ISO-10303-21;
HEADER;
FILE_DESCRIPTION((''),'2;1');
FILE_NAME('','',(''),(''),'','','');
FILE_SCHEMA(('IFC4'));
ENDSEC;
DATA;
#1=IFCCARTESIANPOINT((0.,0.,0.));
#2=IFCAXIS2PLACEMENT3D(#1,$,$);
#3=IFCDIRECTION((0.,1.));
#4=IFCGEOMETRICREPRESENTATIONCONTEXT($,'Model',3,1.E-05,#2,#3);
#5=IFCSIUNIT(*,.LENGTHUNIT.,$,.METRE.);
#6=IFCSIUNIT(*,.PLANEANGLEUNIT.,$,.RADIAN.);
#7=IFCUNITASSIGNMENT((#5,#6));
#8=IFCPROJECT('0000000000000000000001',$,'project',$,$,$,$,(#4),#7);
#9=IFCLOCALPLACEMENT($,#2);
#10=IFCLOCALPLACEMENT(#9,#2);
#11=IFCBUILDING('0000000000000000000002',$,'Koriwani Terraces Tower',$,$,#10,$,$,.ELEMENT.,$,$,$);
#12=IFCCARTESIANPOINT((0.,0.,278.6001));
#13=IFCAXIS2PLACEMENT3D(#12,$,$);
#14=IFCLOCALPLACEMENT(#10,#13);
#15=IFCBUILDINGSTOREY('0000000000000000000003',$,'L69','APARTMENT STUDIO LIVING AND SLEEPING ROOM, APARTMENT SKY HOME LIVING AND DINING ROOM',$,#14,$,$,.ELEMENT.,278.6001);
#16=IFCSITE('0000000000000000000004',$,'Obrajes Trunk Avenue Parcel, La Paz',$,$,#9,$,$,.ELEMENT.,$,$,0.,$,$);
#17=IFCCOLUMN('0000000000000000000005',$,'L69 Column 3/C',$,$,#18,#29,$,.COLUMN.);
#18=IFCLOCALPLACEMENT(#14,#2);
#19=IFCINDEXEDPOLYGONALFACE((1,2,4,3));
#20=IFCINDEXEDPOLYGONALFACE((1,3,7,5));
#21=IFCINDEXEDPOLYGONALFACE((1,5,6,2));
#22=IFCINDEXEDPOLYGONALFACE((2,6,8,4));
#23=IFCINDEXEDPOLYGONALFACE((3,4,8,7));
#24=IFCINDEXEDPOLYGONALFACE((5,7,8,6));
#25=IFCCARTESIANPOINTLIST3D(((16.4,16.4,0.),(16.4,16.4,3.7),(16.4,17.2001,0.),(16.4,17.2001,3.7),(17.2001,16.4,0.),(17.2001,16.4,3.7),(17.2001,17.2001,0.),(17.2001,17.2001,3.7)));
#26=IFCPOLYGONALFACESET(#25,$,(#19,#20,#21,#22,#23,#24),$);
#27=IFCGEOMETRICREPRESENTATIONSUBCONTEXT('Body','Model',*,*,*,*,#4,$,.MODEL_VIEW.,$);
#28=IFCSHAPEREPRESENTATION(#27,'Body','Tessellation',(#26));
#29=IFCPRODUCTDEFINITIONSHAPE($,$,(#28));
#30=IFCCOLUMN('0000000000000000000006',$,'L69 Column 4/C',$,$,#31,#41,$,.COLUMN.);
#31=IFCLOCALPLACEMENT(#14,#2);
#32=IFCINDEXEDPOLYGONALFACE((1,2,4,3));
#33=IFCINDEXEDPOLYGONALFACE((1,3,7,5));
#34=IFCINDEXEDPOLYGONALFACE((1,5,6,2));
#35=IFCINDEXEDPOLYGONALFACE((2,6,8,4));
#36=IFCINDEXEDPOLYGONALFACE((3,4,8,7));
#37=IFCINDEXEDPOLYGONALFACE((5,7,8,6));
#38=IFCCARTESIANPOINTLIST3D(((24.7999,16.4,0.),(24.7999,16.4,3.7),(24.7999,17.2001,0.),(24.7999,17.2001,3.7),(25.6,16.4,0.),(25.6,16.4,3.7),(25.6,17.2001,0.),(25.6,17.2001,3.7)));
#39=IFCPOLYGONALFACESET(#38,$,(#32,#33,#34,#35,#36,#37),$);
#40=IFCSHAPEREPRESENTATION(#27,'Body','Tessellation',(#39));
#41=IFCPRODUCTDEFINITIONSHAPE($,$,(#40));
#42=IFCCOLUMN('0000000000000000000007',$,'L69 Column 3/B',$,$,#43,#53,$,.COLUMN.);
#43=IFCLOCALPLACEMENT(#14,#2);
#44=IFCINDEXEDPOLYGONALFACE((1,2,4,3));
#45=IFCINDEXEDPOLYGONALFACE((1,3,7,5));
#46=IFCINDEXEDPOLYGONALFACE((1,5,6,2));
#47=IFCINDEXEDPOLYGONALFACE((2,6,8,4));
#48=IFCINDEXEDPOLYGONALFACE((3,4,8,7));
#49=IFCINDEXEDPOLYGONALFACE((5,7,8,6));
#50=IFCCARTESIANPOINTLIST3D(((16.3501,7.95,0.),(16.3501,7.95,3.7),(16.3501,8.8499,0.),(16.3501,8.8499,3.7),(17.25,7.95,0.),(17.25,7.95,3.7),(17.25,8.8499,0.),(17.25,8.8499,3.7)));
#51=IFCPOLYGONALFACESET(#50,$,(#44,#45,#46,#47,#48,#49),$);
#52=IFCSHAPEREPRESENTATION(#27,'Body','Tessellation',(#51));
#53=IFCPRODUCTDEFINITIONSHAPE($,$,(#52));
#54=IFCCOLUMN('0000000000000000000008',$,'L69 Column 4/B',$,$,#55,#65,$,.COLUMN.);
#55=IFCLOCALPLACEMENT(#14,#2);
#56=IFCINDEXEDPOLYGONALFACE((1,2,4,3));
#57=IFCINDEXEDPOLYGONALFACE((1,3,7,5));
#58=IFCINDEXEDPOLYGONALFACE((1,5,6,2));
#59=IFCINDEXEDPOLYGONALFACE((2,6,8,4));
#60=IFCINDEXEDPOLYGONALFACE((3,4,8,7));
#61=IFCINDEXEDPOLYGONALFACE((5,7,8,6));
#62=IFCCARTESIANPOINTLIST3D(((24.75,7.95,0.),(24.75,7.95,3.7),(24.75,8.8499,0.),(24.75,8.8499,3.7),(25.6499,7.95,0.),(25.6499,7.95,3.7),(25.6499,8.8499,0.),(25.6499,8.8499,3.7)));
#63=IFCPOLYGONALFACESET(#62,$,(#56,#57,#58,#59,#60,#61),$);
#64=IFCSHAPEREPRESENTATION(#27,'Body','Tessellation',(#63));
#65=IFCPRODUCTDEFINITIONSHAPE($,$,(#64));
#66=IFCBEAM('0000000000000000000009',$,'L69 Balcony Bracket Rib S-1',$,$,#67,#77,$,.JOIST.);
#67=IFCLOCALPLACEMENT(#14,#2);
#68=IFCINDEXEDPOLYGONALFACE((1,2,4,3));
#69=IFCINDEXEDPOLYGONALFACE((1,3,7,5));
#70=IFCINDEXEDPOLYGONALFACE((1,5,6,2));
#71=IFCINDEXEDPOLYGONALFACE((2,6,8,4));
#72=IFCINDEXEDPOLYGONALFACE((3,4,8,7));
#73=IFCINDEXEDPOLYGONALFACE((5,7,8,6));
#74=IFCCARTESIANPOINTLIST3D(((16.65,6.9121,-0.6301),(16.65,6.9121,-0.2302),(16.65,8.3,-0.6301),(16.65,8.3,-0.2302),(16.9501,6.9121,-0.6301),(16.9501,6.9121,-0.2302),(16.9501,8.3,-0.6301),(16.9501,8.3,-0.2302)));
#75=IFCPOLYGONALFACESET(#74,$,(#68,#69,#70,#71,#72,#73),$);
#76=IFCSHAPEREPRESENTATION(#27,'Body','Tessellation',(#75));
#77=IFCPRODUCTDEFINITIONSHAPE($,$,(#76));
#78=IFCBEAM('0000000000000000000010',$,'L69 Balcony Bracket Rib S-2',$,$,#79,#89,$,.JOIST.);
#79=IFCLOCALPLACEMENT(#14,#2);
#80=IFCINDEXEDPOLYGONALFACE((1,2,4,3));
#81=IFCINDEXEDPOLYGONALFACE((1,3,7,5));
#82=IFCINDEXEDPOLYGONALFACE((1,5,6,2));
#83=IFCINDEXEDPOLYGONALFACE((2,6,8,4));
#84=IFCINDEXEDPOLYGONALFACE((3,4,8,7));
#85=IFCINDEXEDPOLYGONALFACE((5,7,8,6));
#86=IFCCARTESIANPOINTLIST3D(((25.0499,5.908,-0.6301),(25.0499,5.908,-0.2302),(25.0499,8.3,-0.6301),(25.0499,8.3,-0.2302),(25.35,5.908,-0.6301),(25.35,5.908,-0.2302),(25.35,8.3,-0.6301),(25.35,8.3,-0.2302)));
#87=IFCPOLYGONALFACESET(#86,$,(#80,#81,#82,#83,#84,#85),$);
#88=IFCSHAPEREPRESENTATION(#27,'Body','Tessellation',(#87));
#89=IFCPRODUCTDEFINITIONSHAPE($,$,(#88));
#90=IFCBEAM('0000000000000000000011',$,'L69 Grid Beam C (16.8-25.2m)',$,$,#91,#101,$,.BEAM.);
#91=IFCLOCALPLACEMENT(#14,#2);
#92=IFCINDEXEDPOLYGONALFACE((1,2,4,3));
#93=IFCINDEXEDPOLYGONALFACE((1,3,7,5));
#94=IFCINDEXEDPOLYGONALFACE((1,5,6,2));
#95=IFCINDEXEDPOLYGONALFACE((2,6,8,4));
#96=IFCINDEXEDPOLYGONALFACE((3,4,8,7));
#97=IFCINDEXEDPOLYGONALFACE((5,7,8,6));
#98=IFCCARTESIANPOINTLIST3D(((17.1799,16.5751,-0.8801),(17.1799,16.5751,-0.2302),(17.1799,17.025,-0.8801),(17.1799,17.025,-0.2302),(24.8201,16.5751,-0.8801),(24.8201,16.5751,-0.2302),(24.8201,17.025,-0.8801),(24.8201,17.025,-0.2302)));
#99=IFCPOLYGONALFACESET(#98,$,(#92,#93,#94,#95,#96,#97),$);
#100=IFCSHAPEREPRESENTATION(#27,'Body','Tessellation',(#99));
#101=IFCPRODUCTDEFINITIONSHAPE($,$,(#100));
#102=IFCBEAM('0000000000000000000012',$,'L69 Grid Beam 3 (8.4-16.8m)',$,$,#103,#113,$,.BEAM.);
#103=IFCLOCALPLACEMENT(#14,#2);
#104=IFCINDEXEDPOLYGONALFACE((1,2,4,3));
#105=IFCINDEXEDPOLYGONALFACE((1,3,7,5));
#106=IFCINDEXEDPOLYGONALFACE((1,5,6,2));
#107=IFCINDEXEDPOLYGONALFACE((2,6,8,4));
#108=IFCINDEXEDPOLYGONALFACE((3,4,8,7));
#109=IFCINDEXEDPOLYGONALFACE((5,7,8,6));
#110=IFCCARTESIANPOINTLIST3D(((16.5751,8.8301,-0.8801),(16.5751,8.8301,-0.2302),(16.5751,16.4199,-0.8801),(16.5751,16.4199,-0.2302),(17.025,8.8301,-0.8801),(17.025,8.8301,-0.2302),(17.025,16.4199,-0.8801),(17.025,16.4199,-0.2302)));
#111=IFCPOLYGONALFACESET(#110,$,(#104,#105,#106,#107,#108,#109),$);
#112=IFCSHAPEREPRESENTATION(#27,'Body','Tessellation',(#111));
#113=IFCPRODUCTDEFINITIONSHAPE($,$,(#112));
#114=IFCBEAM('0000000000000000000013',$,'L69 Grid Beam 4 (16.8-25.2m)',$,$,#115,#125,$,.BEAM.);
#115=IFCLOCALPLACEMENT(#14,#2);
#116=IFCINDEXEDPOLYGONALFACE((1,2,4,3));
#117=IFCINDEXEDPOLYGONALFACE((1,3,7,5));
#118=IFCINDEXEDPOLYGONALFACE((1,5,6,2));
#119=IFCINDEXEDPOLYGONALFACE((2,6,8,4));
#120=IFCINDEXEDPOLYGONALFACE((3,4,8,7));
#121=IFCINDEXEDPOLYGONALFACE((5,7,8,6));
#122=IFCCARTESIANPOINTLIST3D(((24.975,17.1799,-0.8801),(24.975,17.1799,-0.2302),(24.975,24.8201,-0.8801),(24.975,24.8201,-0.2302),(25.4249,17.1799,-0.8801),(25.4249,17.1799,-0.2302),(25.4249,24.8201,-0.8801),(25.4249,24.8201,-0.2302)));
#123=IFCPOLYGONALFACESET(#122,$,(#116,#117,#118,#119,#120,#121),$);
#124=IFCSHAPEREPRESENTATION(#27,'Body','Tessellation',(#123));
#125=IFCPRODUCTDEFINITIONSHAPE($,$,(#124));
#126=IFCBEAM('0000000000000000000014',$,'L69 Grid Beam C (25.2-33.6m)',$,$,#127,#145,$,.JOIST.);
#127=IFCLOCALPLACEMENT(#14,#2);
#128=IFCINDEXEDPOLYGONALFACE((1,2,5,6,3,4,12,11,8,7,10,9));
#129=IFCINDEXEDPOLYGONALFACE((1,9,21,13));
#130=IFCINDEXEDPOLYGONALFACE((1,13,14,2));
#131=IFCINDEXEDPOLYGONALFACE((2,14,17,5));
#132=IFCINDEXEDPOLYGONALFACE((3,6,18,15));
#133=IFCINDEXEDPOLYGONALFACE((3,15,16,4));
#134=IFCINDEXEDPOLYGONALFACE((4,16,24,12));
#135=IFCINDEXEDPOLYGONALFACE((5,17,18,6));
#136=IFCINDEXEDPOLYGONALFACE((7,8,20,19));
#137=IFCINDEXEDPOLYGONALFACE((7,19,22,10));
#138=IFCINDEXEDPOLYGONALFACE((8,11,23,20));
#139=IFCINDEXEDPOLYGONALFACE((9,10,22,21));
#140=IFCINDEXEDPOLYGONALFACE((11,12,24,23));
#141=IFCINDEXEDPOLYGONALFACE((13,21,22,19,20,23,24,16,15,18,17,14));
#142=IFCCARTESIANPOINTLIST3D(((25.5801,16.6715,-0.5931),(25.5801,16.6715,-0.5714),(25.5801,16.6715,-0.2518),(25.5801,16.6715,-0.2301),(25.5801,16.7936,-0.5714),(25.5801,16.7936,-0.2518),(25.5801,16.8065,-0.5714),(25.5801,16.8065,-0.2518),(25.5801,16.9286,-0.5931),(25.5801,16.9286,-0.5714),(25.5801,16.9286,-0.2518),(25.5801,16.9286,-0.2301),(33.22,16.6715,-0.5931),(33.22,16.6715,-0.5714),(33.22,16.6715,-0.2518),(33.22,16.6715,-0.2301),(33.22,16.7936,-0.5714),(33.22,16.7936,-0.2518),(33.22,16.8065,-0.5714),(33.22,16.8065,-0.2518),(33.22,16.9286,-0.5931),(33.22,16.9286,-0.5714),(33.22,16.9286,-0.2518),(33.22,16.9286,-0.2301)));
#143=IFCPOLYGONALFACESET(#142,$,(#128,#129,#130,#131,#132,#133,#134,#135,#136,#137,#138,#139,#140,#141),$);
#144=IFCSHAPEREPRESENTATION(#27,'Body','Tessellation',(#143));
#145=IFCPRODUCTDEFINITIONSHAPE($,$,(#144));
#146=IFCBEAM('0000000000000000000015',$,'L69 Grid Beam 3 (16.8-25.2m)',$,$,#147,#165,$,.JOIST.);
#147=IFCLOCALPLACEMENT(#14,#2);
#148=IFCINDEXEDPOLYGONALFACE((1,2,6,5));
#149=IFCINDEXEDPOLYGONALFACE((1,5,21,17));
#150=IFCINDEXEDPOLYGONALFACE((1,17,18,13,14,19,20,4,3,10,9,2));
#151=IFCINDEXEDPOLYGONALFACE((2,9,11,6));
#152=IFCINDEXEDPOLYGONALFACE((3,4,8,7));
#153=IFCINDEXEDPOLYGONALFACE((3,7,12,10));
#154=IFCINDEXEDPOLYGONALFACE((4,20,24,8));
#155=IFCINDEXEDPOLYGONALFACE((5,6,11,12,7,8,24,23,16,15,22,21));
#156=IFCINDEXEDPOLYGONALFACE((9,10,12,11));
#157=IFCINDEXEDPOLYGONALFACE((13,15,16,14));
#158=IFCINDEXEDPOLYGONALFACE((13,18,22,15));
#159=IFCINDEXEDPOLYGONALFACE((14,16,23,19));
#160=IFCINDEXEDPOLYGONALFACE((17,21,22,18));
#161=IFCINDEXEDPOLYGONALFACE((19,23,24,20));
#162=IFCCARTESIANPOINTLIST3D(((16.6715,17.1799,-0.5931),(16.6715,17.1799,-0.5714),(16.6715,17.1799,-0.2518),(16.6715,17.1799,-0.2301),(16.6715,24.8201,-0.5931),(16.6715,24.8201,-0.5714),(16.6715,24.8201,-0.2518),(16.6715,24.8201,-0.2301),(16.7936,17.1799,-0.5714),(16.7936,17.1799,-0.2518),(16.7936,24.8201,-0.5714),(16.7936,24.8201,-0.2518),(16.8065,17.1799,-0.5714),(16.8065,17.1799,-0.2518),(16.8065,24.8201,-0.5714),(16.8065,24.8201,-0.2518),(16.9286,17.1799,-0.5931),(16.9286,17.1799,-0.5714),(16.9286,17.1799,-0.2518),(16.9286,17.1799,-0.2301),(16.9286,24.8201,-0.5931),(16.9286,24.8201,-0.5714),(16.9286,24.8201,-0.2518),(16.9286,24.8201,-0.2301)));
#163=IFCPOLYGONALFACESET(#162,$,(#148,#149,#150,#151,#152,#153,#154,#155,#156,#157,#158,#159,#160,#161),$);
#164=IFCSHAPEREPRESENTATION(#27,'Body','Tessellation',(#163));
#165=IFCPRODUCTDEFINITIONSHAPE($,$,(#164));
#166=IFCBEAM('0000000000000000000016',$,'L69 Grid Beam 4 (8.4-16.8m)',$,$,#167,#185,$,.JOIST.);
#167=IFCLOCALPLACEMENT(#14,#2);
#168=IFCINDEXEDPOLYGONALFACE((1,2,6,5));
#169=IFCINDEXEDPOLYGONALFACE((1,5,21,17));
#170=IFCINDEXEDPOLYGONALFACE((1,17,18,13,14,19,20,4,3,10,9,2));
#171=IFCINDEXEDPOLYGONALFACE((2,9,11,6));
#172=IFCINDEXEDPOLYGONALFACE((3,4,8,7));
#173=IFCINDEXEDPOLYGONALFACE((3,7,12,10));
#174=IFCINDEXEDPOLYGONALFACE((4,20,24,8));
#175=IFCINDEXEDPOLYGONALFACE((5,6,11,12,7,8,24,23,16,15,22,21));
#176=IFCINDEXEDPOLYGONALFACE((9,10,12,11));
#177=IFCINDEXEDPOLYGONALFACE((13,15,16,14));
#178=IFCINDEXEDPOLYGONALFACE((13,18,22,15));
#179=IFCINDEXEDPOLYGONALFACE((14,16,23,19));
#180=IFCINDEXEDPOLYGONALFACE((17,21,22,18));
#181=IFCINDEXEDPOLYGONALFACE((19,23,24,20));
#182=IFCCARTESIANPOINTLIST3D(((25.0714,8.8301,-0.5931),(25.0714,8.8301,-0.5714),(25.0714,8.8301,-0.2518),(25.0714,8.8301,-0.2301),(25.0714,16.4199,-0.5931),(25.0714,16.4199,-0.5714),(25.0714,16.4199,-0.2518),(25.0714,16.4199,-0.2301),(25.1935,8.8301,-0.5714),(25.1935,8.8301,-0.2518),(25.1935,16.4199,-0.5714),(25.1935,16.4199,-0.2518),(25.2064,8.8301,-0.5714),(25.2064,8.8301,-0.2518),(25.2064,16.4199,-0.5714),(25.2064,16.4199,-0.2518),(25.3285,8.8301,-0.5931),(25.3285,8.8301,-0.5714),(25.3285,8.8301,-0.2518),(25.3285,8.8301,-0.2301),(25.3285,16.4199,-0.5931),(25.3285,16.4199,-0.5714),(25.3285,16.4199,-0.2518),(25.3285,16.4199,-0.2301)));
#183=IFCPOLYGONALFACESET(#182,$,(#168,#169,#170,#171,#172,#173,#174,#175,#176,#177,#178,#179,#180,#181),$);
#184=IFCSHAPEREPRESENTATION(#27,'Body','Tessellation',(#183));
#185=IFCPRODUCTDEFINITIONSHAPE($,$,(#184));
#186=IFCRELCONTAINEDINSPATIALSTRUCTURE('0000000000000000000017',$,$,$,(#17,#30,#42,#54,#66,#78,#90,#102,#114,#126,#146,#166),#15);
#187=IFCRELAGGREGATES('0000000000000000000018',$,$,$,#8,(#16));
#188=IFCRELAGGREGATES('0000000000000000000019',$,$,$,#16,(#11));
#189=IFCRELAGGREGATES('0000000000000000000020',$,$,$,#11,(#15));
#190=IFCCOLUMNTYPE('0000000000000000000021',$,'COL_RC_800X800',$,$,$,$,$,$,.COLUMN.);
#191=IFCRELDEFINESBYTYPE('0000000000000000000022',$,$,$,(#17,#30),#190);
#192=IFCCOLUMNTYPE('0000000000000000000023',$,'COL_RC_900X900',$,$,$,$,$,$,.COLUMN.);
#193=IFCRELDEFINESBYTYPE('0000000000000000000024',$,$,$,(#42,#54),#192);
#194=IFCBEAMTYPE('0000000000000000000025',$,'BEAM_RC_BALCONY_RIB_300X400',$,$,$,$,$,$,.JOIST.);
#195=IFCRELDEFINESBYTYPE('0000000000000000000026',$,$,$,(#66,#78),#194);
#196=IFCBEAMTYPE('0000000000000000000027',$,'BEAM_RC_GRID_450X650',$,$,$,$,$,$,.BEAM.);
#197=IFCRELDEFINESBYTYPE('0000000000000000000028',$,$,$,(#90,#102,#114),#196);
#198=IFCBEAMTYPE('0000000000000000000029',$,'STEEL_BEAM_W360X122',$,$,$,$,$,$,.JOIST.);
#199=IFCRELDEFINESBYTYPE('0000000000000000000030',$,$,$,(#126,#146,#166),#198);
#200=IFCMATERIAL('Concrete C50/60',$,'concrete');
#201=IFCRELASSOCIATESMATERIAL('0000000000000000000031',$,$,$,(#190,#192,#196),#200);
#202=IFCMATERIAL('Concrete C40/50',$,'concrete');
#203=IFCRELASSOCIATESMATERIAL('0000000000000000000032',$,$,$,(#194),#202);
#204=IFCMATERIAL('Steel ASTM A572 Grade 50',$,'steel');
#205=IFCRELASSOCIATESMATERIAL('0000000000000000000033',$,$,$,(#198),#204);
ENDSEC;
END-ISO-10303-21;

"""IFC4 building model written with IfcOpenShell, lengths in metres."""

from ifc_helpers import new_model, si_unit, direction, frame, origin, origin_2d, place, context, subcontext, project, spatial, rectangle, i_section, extrude, material, material_profile, profile_set, type_object, element, save


model = new_model("IFC4")

# Units and contexts
model_context = context("Model", 3, precision=1e-05, world=origin(), true_north=direction((0.0, 1.0)))
body_context = subcontext(model_context, "Body", "Model", "MODEL_VIEW")
ifc_project = project(units=[si_unit("LENGTHUNIT", "METRE"), si_unit("PLANEANGLEUNIT", "RADIAN")], contexts=[model_context])

# Site, building, storey
site_placement = place(None, origin())
site = spatial("IfcSite", under=ifc_project, at=site_placement, Name="Obrajes Trunk Avenue Parcel, La Paz", CompositionType="ELEMENT", RefElevation=0.0)
building_placement = place(site_placement, origin())
building = spatial("IfcBuilding", under=site, at=building_placement, Name="Koriwani Terraces Tower", CompositionType="ELEMENT")
storey_placement = place(building_placement, frame((0.0, 0.0, 278.6001)))
storey = spatial("IfcBuildingStorey", under=building, at=storey_placement, Name="L69", Description="APARTMENT STUDIO LIVING AND SLEEPING ROOM, APARTMENT SKY HOME LIVING AND DINING ROOM", CompositionType="ELEMENT", Elevation=278.6001)

# Columns
ifc_material_1 = material(Name="Concrete C50/60", Category="concrete")
ifc_material_profile_1 = material_profile(ifc_material_1, rectangle(XDim=0.8, YDim=0.8, at=origin_2d()), Name="Concrete C50/60", Category="LoadBearing")
ifc_profile_set_1 = profile_set([ifc_material_profile_1], Name="Concrete C50/60")
column_type_1 = type_object("IfcColumnType", Name="COL_RC_800X800", PredefinedType="COLUMN", material=ifc_profile_set_1)
for number, where, z_axis, x_axis, name in (
    (1, (16.8, 16.8, 0.0), (0.0, 0.0, 1.0), (1.0, 0.0, 0.0), "L69 Column 3/C"),
    (2, (25.2, 16.8, 0.0), (0.0, 0.0, 1.0), (1.0, 0.0, 0.0), "L69 Column 4/C"),
):
    element("IfcColumn", number, at=place(storey_placement, frame(where, z_axis=z_axis, x_axis=x_axis)), inside=storey, type_object=column_type_1, Name=name, PredefinedType="COLUMN", context=body_context, shape_type="SweptSolid", body=[
        extrude(rectangle(XDim=0.8, YDim=0.8, at=origin_2d()), origin(), (0.0, 0.0, 1.0), 3.7),
    ])
ifc_material_profile_2 = material_profile(ifc_material_1, rectangle(XDim=0.8999, YDim=0.8999, at=origin_2d()), Name="Concrete C50/60", Category="LoadBearing")
ifc_profile_set_2 = profile_set([ifc_material_profile_2], Name="Concrete C50/60")
column_type_2 = type_object("IfcColumnType", Name="COL_RC_900X900", PredefinedType="COLUMN", material=ifc_profile_set_2)
for number, where, z_axis, x_axis, name in (
    (3, (16.8, 8.3999, 0.0), (0.0, 0.0, 1.0), (1.0, 0.0, 0.0), "L69 Column 3/B"),
    (4, (25.2, 8.3999, 0.0), (0.0, 0.0, 1.0), (1.0, 0.0, 0.0), "L69 Column 4/B"),
):
    element("IfcColumn", number, at=place(storey_placement, frame(where, z_axis=z_axis, x_axis=x_axis)), inside=storey, type_object=column_type_2, Name=name, PredefinedType="COLUMN", context=body_context, shape_type="SweptSolid", body=[
        extrude(rectangle(XDim=0.8999, YDim=0.8999, at=origin_2d()), origin(), (0.0, 0.0, 1.0), 3.7),
    ])

# Beams
ifc_material_2 = material(Name="Concrete C40/50", Category="concrete")
ifc_material_profile_3 = material_profile(ifc_material_2, rectangle(XDim=0.3, YDim=0.3999, at=origin_2d()), Name="Concrete C40/50", Category="LoadBearing")
ifc_profile_set_3 = profile_set([ifc_material_profile_3], Name="Concrete C40/50")
beam_type_1 = type_object("IfcBeamType", Name="BEAM_RC_BALCONY_RIB_300X400", PredefinedType="JOIST", material=ifc_profile_set_3)
beam_1_placement = place(storey_placement, frame((16.8, 6.9121, -0.4302), z_axis=(0.0, 1.0, 0.0), x_axis=(-1.0, 0.0, 0.0)))
element("IfcBeam", 5, at=beam_1_placement, inside=storey, type_object=beam_type_1, Name="L69 Balcony Bracket Rib S-1", PredefinedType="JOIST", context=body_context, shape_type="SweptSolid", body=[
    extrude(rectangle(XDim=0.3, YDim=0.3999, at=origin_2d()), origin(), (0.0, 0.0, 1.0), 1.3879),
])
beam_2_placement = place(storey_placement, frame((25.2, 5.908, -0.4302), z_axis=(0.0, 1.0, 0.0), x_axis=(-1.0, 0.0, 0.0)))
element("IfcBeam", 6, at=beam_2_placement, inside=storey, type_object=beam_type_1, Name="L69 Balcony Bracket Rib S-2", PredefinedType="JOIST", context=body_context, shape_type="SweptSolid", body=[
    extrude(rectangle(XDim=0.3, YDim=0.3999, at=origin_2d()), origin(), (0.0, 0.0, 1.0), 2.3921),
])
ifc_material_profile_4 = material_profile(ifc_material_1, rectangle(XDim=0.45, YDim=0.6499, at=origin_2d()), Name="Concrete C50/60", Category="LoadBearing")
ifc_profile_set_4 = profile_set([ifc_material_profile_4], Name="Concrete C50/60")
beam_type_2 = type_object("IfcBeamType", Name="BEAM_RC_GRID_450X650", PredefinedType="BEAM", material=ifc_profile_set_4)
beam_3_placement = place(storey_placement, frame((17.1799, 16.8, -0.5552), z_axis=(1.0, 0.0, 0.0), x_axis=(0.0, 1.0, 0.0)))
element("IfcBeam", 7, at=beam_3_placement, inside=storey, type_object=beam_type_2, Name="L69 Grid Beam C (16.8-25.2m)", PredefinedType="BEAM", context=body_context, shape_type="SweptSolid", body=[
    extrude(rectangle(XDim=0.45, YDim=0.6499, at=origin_2d()), origin(), (0.0, 0.0, 1.0), 7.6401),
])
beam_4_placement = place(storey_placement, frame((16.8, 8.8301, -0.5552), z_axis=(0.0, 1.0, 0.0), x_axis=(-1.0, 0.0, 0.0)))
element("IfcBeam", 8, at=beam_4_placement, inside=storey, type_object=beam_type_2, Name="L69 Grid Beam 3 (8.4-16.8m)", PredefinedType="BEAM", context=body_context, shape_type="SweptSolid", body=[
    extrude(rectangle(XDim=0.45, YDim=0.6499, at=origin_2d()), origin(), (0.0, 0.0, 1.0), 7.5898),
])
beam_5_placement = place(storey_placement, frame((25.2, 17.1799, -0.5552), z_axis=(0.0, 1.0, 0.0), x_axis=(-1.0, 0.0, 0.0)))
element("IfcBeam", 9, at=beam_5_placement, inside=storey, type_object=beam_type_2, Name="L69 Grid Beam 4 (16.8-25.2m)", PredefinedType="BEAM", context=body_context, shape_type="SweptSolid", body=[
    extrude(rectangle(XDim=0.45, YDim=0.6499, at=origin_2d()), origin(), (0.0, 0.0, 1.0), 7.6401),
])
ifc_material_3 = material(Name="Steel ASTM A572 Grade 50", Category="steel")
ifc_material_profile_5 = material_profile(ifc_material_3, i_section(OverallWidth=0.2571, OverallDepth=0.363, WebThickness=0.0129, FlangeThickness=0.0217, at=origin_2d()), Name="Steel ASTM A572 Grade 50", Category="LoadBearing")
ifc_profile_set_5 = profile_set([ifc_material_profile_5], Name="Steel ASTM A572 Grade 50")
beam_type_3 = type_object("IfcBeamType", Name="STEEL_BEAM_W360X122", PredefinedType="JOIST", material=ifc_profile_set_5)
beam_6_placement = place(storey_placement, frame((25.5801, 16.8, -0.4116), z_axis=(1.0, 0.0, 0.0), x_axis=(0.0, 1.0, 0.0)))
element("IfcBeam", 10, at=beam_6_placement, inside=storey, type_object=beam_type_3, Name="L69 Grid Beam C (25.2-33.6m)", PredefinedType="JOIST", context=body_context, shape_type="SweptSolid", body=[
    extrude(i_section(OverallWidth=0.2571, OverallDepth=0.363, WebThickness=0.0129, FlangeThickness=0.0217, at=origin_2d()), origin(), (0.0, 0.0, 1.0), 7.6399),
])
beam_7_placement = place(storey_placement, frame((16.8, 17.1799, -0.4116), z_axis=(0.0, 1.0, 0.0), x_axis=(-1.0, 0.0, 0.0)))
element("IfcBeam", 11, at=beam_7_placement, inside=storey, type_object=beam_type_3, Name="L69 Grid Beam 3 (16.8-25.2m)", PredefinedType="JOIST", context=body_context, shape_type="SweptSolid", body=[
    extrude(i_section(OverallWidth=0.2571, OverallDepth=0.363, WebThickness=0.0129, FlangeThickness=0.0217, at=origin_2d()), origin(), (0.0, 0.0, 1.0), 7.6401),
])
beam_8_placement = place(storey_placement, frame((25.2, 8.8301, -0.4116), z_axis=(0.0, 1.0, 0.0), x_axis=(-1.0, 0.0, 0.0)))
element("IfcBeam", 12, at=beam_8_placement, inside=storey, type_object=beam_type_3, Name="L69 Grid Beam 4 (8.4-16.8m)", PredefinedType="JOIST", context=body_context, shape_type="SweptSolid", body=[
    extrude(i_section(OverallWidth=0.2571, OverallDepth=0.363, WebThickness=0.0129, FlangeThickness=0.0217, at=origin_2d()), origin(), (0.0, 0.0, 1.0), 7.5898),
])

save(model, "model.ifc")
